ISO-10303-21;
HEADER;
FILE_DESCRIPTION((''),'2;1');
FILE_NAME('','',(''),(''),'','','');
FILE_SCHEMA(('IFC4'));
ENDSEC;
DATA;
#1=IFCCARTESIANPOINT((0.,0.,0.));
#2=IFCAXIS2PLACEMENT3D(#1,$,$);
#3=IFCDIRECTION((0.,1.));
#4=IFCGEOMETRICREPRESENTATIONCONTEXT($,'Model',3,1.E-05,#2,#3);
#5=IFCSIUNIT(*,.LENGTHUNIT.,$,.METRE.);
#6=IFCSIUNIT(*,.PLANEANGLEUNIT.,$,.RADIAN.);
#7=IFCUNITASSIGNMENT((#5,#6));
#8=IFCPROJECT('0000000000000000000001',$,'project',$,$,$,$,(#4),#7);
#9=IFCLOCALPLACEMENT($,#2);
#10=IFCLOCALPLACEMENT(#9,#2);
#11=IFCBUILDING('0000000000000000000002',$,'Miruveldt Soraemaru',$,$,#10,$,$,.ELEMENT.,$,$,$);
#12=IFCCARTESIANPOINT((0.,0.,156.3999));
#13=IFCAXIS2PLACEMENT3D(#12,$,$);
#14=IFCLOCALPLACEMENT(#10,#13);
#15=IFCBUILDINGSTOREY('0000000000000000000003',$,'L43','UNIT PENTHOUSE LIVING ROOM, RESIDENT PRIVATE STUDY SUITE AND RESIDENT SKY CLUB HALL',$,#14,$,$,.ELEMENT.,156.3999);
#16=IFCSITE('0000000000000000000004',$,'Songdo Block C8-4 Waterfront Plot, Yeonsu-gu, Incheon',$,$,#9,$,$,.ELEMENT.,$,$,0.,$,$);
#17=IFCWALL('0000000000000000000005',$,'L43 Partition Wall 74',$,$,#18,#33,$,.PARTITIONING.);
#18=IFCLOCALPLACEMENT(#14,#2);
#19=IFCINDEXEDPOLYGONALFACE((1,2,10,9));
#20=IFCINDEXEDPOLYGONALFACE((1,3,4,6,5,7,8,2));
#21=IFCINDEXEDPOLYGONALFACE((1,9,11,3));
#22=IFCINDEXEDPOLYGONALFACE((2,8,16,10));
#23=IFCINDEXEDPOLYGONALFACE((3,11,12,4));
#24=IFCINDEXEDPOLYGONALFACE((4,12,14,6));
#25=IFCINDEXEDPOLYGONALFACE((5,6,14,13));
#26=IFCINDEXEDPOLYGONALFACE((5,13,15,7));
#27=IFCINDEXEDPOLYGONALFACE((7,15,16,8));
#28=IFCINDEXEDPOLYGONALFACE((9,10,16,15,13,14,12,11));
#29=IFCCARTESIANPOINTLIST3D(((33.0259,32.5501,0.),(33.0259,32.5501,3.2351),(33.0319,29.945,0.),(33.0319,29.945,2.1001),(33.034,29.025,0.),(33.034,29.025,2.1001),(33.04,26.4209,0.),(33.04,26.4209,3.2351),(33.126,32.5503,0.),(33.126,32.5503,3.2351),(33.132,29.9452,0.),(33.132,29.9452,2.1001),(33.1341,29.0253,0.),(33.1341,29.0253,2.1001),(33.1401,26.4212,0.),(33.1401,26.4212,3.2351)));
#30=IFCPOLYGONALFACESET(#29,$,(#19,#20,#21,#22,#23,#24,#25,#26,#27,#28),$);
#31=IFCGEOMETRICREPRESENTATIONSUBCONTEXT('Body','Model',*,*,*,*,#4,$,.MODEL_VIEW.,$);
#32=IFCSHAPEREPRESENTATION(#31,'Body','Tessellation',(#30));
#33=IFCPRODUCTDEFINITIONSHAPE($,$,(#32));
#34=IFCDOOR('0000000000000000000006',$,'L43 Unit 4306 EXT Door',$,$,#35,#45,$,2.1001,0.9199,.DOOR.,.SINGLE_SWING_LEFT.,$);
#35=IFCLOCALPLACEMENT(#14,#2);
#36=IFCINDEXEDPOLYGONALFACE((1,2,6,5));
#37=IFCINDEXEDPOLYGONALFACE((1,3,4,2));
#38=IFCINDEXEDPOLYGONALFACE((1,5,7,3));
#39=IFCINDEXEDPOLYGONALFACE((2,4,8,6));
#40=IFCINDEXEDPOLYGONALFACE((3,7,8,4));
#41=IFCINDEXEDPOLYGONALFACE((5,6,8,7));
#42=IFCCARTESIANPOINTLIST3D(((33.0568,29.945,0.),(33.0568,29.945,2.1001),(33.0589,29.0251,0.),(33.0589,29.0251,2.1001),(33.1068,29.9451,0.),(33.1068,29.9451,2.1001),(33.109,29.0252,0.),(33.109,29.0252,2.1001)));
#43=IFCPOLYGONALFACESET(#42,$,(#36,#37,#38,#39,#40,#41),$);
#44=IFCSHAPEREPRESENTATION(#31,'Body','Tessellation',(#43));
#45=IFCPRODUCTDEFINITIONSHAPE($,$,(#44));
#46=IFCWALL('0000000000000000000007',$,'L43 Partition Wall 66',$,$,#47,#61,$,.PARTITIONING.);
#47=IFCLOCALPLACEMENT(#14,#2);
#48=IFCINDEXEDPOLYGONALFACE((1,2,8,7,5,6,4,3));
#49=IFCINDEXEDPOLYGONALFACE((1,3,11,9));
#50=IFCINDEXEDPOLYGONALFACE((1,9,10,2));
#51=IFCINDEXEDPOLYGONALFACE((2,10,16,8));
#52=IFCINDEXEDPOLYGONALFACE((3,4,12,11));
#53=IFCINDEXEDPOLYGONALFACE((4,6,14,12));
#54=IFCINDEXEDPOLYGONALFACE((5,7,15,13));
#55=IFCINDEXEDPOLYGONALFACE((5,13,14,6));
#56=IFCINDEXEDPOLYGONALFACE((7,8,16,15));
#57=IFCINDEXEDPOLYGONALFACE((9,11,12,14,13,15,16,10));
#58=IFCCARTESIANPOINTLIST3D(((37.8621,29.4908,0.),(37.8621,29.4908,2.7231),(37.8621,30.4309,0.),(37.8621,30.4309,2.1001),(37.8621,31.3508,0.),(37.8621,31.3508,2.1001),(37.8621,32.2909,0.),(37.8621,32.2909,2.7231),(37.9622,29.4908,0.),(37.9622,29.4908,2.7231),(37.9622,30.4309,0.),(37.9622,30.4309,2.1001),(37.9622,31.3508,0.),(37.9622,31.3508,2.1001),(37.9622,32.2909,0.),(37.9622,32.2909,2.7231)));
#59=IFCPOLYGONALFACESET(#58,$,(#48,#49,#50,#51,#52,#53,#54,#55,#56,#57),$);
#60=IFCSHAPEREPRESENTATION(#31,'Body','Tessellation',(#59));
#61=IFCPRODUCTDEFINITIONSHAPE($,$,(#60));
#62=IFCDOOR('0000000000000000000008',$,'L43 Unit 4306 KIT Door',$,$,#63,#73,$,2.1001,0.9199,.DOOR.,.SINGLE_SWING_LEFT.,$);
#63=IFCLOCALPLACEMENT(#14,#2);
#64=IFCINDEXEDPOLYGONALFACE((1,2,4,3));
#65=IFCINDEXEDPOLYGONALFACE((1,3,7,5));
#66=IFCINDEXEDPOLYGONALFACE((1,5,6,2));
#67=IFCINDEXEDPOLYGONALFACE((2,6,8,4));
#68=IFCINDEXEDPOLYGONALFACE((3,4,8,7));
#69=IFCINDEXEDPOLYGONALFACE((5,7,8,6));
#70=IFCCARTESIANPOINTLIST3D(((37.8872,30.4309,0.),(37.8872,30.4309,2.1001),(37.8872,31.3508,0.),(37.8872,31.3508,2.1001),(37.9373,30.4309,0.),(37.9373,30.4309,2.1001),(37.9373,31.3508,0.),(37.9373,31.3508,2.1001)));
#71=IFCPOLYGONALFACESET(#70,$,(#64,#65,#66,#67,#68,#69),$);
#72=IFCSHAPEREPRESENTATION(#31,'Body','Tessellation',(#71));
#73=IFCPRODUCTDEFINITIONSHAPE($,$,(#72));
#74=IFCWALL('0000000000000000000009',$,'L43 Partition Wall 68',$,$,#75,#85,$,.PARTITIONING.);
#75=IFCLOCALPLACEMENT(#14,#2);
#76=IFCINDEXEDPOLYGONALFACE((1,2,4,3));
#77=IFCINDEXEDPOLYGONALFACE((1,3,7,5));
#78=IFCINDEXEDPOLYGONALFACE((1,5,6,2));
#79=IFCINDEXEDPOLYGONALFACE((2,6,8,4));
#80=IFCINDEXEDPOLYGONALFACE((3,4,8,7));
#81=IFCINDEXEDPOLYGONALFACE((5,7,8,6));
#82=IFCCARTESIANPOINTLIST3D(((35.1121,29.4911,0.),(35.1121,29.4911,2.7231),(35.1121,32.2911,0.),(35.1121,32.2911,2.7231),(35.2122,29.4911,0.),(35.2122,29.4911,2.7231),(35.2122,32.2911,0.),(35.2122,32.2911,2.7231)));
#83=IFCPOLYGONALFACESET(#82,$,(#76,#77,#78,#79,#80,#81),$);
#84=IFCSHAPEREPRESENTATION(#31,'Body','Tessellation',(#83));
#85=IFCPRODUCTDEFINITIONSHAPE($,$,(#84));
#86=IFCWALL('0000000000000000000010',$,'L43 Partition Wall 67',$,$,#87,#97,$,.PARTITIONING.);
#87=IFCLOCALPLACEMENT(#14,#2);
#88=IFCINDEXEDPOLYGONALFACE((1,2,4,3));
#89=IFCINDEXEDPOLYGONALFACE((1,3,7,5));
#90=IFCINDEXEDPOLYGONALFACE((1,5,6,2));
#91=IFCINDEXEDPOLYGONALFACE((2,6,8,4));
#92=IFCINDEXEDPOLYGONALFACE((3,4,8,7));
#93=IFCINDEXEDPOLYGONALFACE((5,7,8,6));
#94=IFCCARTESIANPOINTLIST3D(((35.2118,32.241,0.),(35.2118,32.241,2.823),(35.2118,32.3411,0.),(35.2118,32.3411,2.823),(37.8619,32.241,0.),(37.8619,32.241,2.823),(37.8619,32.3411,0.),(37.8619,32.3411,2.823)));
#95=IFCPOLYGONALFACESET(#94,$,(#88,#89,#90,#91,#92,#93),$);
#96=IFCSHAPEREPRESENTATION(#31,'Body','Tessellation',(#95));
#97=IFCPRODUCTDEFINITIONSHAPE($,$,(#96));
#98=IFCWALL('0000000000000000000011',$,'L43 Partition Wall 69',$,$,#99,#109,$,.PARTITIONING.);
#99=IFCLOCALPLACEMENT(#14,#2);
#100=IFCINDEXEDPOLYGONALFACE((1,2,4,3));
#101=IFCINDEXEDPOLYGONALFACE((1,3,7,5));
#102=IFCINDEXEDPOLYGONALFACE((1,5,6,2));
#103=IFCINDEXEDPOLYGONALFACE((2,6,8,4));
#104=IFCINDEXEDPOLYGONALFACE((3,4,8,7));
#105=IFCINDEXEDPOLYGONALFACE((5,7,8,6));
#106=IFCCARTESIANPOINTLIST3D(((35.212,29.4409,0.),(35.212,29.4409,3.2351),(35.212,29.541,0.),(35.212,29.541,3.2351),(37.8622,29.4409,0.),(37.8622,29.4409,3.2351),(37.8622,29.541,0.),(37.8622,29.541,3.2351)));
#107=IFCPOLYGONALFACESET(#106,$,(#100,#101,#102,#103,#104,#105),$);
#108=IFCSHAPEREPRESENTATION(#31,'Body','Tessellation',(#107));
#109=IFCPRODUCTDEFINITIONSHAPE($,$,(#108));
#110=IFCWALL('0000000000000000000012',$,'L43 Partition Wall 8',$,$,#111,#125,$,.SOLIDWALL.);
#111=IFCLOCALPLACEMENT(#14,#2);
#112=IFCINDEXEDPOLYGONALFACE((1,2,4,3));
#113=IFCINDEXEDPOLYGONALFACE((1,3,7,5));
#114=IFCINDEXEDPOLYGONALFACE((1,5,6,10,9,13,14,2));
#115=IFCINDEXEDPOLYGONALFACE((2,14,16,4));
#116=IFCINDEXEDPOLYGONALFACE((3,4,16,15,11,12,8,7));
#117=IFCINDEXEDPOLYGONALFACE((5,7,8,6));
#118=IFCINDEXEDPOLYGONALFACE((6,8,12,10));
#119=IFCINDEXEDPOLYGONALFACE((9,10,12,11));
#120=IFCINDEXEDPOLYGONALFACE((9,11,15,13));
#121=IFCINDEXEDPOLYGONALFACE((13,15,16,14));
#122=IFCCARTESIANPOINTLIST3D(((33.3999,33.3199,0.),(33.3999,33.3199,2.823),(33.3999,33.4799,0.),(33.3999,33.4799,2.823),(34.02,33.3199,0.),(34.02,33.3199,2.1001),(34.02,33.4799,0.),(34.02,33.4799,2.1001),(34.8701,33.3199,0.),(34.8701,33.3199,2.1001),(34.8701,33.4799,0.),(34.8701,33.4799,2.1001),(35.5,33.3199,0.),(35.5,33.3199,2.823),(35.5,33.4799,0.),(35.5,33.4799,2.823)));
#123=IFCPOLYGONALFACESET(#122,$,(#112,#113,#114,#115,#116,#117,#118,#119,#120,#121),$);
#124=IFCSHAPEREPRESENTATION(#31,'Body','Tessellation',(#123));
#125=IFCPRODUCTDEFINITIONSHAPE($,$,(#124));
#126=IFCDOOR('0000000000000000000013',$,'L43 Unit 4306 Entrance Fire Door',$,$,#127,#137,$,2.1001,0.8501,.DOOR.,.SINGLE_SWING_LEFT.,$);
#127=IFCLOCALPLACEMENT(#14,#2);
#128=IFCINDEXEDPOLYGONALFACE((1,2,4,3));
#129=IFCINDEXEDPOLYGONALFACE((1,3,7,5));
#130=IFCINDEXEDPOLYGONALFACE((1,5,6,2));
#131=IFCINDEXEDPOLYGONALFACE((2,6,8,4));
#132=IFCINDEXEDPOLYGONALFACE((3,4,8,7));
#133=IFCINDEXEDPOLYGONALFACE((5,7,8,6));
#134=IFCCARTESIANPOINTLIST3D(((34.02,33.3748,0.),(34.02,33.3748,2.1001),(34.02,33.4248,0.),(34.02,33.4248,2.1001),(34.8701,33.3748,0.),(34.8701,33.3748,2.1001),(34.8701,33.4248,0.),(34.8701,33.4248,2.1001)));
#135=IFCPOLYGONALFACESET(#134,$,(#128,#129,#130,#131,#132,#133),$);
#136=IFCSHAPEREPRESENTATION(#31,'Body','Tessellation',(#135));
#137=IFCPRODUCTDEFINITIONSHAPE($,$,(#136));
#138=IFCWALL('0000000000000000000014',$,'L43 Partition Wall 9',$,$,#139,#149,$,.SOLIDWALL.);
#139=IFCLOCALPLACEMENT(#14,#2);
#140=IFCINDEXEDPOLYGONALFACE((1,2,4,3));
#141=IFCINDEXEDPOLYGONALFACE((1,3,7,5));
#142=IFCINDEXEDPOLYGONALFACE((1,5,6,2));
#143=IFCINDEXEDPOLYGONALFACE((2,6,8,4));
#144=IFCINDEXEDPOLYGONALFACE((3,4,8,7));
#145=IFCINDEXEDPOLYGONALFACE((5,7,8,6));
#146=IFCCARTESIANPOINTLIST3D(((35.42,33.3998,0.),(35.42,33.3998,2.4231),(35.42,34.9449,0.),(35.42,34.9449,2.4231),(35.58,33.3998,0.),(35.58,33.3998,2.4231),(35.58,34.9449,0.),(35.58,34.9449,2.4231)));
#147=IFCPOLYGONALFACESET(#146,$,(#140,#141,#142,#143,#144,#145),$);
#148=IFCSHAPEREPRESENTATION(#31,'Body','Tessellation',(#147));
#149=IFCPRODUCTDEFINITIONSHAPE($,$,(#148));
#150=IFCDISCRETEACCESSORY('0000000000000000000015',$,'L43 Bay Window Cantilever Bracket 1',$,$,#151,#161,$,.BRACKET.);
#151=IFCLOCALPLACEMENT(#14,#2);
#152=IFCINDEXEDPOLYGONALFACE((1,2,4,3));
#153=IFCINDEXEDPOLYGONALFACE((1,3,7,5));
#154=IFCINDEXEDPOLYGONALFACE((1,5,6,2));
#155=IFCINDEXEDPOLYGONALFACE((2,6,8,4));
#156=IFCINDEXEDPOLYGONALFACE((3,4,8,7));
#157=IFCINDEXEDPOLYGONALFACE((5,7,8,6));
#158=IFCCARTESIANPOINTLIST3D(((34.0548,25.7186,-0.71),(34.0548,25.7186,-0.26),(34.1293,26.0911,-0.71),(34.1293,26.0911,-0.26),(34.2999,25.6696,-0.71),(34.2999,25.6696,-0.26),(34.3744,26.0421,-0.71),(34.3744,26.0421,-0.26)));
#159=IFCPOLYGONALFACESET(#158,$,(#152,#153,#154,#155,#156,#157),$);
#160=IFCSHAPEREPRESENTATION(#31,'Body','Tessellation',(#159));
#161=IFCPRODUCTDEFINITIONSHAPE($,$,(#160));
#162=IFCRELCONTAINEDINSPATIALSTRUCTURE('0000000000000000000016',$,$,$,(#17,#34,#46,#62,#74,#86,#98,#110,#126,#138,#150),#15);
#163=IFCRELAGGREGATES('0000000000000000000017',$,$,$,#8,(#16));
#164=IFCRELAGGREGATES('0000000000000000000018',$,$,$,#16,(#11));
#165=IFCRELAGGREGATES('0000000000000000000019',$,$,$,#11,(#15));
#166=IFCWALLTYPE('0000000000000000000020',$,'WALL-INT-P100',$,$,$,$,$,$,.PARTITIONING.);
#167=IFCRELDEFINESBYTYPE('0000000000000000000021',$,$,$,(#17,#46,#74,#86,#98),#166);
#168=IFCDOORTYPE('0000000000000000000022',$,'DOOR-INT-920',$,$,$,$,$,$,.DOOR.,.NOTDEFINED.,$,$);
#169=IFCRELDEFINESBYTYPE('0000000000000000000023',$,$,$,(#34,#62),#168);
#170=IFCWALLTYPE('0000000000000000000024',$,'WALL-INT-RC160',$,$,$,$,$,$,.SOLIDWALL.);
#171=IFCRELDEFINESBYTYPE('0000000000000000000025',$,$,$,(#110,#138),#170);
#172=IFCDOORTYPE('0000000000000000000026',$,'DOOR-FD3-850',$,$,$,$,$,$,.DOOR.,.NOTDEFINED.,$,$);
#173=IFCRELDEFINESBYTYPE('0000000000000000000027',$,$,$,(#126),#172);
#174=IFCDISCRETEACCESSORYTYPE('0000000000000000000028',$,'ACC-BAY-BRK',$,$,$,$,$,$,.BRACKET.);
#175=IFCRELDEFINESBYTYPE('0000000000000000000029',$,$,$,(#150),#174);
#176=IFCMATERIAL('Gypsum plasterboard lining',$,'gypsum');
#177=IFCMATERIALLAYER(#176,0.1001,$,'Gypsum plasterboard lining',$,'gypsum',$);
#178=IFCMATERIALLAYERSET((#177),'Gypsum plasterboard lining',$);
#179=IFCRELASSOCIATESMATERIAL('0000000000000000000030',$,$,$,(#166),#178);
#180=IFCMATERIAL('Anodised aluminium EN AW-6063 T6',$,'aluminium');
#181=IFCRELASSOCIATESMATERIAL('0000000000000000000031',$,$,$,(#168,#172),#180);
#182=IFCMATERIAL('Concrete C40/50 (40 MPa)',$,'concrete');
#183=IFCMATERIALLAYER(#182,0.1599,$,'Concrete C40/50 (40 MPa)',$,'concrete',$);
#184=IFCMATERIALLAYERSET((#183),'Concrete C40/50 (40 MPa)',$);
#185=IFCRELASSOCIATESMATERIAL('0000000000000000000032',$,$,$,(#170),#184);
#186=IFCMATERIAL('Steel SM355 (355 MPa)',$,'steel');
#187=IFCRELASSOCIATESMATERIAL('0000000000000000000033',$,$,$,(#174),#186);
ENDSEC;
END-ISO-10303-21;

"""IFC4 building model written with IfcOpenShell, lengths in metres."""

from ifc_helpers import new_model, si_unit, direction, frame, frame_2d, origin, origin_2d, place, context, subcontext, project, spatial, rectangle, extrude, material, layer, layer_set, type_object, element, fill, save


model = new_model("IFC4")

# Units and contexts
model_context = context("Model", 3, precision=1e-05, world=origin(), true_north=direction((0.0, 1.0)))
body_context = subcontext(model_context, "Body", "Model", "MODEL_VIEW")
ifc_project = project(units=[si_unit("LENGTHUNIT", "METRE"), si_unit("PLANEANGLEUNIT", "RADIAN")], contexts=[model_context])

# Site, building, storey
site_placement = place(None, origin())
site = spatial("IfcSite", under=ifc_project, at=site_placement, Name="Songdo Block C8-4 Waterfront Plot, Yeonsu-gu, Incheon", CompositionType="ELEMENT", RefElevation=0.0)
building_placement = place(site_placement, origin())
building = spatial("IfcBuilding", under=site, at=building_placement, Name="Miruveldt Soraemaru", CompositionType="ELEMENT")
storey_placement = place(building_placement, frame((0.0, 0.0, 156.3999)))
storey = spatial("IfcBuildingStorey", under=building, at=storey_placement, Name="L43", Description="UNIT PENTHOUSE LIVING ROOM, RESIDENT PRIVATE STUDY SUITE AND RESIDENT SKY CLUB HALL", CompositionType="ELEMENT", Elevation=156.3999)

# Walls, openings, doors
ifc_material_1 = material(Name="Gypsum plasterboard lining", Category="gypsum")
ifc_layer_1 = layer(ifc_material_1, 0.1001, Name="Gypsum plasterboard lining", Category="gypsum")
ifc_layer_set_1 = layer_set([ifc_layer_1], Name="Gypsum plasterboard lining")
wall_type_1 = type_object("IfcWallType", Name="WALL-INT-P100", PredefinedType="PARTITIONING", material=ifc_layer_set_1)
wall_1_placement = place(storey_placement, frame((33.0759, 32.55, 0.0), z_axis=(0.0, 0.0, 1.0), x_axis=(0.00231, -0.999997, 0.0)))
wall_1 = element("IfcWall", 1, at=wall_1_placement, inside=storey, type_object=wall_type_1, Name="L43 Partition Wall 74", PredefinedType="PARTITIONING", context=body_context, shape_type="SweptSolid", body=[
    extrude(rectangle(XDim=6.1292, YDim=0.1001, at=frame_2d((3.0645, 0.0))), origin(), (0.0, 0.0, 1.0), 3.2351),
])
opening_1_placement = place(wall_1_placement, frame((2.605, 0.0, 0.0)))
opening_1 = element("IfcOpeningElement", 2, at=opening_1_placement, cuts=wall_1, PredefinedType="OPENING", context=body_context, shape_type="SweptSolid", body=[
    extrude(rectangle(XDim=0.9199, YDim=2.1001, at=frame_2d((0.46, 1.05))), frame((0.0, 0.0601, 0.0), z_axis=(0.0, -1.0, 0.0), x_axis=(1.0, 0.0, 0.0)), (0.0, 0.0, 1.0), 0.1201),
])
ifc_material_2 = material(Name="Anodised aluminium EN AW-6063 T6", Category="aluminium")
door_type_1 = type_object("IfcDoorType", Name="DOOR-INT-920", OperationType="NOTDEFINED", PredefinedType="DOOR", material=ifc_material_2)
door_1_placement = place(opening_1_placement, origin())
door_1 = element("IfcDoor", 3, at=door_1_placement, inside=storey, type_object=door_type_1, Name="L43 Unit 4306 EXT Door", OperationType="SINGLE_SWING_LEFT", OverallHeight=2.1001, OverallWidth=0.9199, PredefinedType="DOOR", context=body_context, shape_type="SweptSolid", body=[
    extrude(rectangle(XDim=0.9199, YDim=2.1001, at=frame_2d((0.46, 1.05))), frame((0.0, 0.0249, 0.0), z_axis=(0.0, -1.0, 0.0), x_axis=(1.0, 0.0, 0.0)), (0.0, 0.0, 1.0), 0.05),
])
fill(opening_1, door_1)
wall_2_placement = place(storey_placement, frame((37.9121, 29.491, 0.0), z_axis=(0.0, 0.0, 1.0), x_axis=(0.0, 1.0, 0.0)))
wall_2 = element("IfcWall", 4, at=wall_2_placement, inside=storey, type_object=wall_type_1, Name="L43 Partition Wall 66", PredefinedType="PARTITIONING", context=body_context, shape_type="SweptSolid", body=[
    extrude(rectangle(XDim=2.8, YDim=0.1001, at=frame_2d((1.3999, 0.0))), origin(), (0.0, 0.0, 1.0), 2.7231),
])
opening_2_placement = place(wall_2_placement, frame((0.9399, 0.0, 0.0)))
opening_2 = element("IfcOpeningElement", 5, at=opening_2_placement, cuts=wall_2, PredefinedType="OPENING", context=body_context, shape_type="SweptSolid", body=[
    extrude(rectangle(XDim=0.9199, YDim=2.1001, at=frame_2d((0.46, 1.05))), frame((0.0, 0.0601, 0.0), z_axis=(0.0, -1.0, 0.0), x_axis=(1.0, 0.0, 0.0)), (0.0, 0.0, 1.0), 0.1201),
])
door_2_placement = place(opening_2_placement, origin())
door_2 = element("IfcDoor", 6, at=door_2_placement, inside=storey, type_object=door_type_1, Name="L43 Unit 4306 KIT Door", OperationType="SINGLE_SWING_LEFT", OverallHeight=2.1001, OverallWidth=0.9199, PredefinedType="DOOR", context=body_context, shape_type="SweptSolid", body=[
    extrude(rectangle(XDim=0.9199, YDim=2.1001, at=frame_2d((0.46, 1.05))), frame((0.0, 0.0249, 0.0), z_axis=(0.0, -1.0, 0.0), x_axis=(1.0, 0.0, 0.0)), (0.0, 0.0, 1.0), 0.05),
])
fill(opening_2, door_2)

# Walls
wall_3_placement = place(storey_placement, frame((35.1621, 32.291, 0.0), z_axis=(0.0, 0.0, 1.0), x_axis=(0.0, -1.0, 0.0)))
element("IfcWall", 7, at=wall_3_placement, inside=storey, type_object=wall_type_1, Name="L43 Partition Wall 68", PredefinedType="PARTITIONING", context=body_context, shape_type="SweptSolid", body=[
    extrude(rectangle(XDim=2.8, YDim=0.1001, at=frame_2d((1.3999, 0.0))), origin(), (0.0, 0.0, 1.0), 2.7231),
])
wall_4_placement = place(storey_placement, frame((37.8621, 32.291, 0.0), z_axis=(0.0, 0.0, 1.0), x_axis=(-1.0, 0.0, 0.0)))
element("IfcWall", 8, at=wall_4_placement, inside=storey, type_object=wall_type_1, Name="L43 Partition Wall 67", PredefinedType="PARTITIONING", context=body_context, shape_type="SweptSolid", body=[
    extrude(rectangle(XDim=2.6501, YDim=0.1001, at=frame_2d((1.3252, 0.0))), origin(), (0.0, 0.0, 1.0), 2.823),
])
wall_5_placement = place(storey_placement, frame((35.2119, 29.491, 0.0), z_axis=(0.0, 0.0, 1.0), x_axis=(1.0, 0.0, 0.0)))
element("IfcWall", 9, at=wall_5_placement, inside=storey, type_object=wall_type_1, Name="L43 Partition Wall 69", PredefinedType="PARTITIONING", context=body_context, shape_type="SweptSolid", body=[
    extrude(rectangle(XDim=2.6501, YDim=0.1001, at=frame_2d((1.3252, 0.0))), origin(), (0.0, 0.0, 1.0), 3.2351),
])

# Wall, opening, door
ifc_material_3 = material(Name="Concrete C40/50 (40 MPa)", Category="concrete")
ifc_layer_2 = layer(ifc_material_3, 0.1599, Name="Concrete C40/50 (40 MPa)", Category="concrete")
ifc_layer_set_2 = layer_set([ifc_layer_2], Name="Concrete C40/50 (40 MPa)")
wall_type_2 = type_object("IfcWallType", Name="WALL-INT-RC160", PredefinedType="SOLIDWALL", material=ifc_layer_set_2)
wall_6_placement = place(storey_placement, frame((33.3999, 33.3999, 0.0), z_axis=(0.0, 0.0, 1.0), x_axis=(1.0, 0.0, 0.0)))
wall_6 = element("IfcWall", 10, at=wall_6_placement, inside=storey, type_object=wall_type_2, Name="L43 Partition Wall 8", PredefinedType="SOLIDWALL", context=body_context, shape_type="SweptSolid", body=[
    extrude(rectangle(XDim=2.1001, YDim=0.1599, at=frame_2d((1.05, 0.0))), origin(), (0.0, 0.0, 1.0), 2.823),
])
opening_3_placement = place(wall_6_placement, frame((0.6201, 0.0, 0.0)))
opening_3 = element("IfcOpeningElement", 11, at=opening_3_placement, cuts=wall_6, PredefinedType="OPENING", context=body_context, shape_type="SweptSolid", body=[
    extrude(rectangle(XDim=0.8501, YDim=2.1001, at=frame_2d((0.425, 1.05))), frame((0.0, 0.0898, 0.0), z_axis=(0.0, -1.0, 0.0), x_axis=(1.0, 0.0, 0.0)), (0.0, 0.0, 1.0), 0.1799),
])
door_type_2 = type_object("IfcDoorType", Name="DOOR-FD3-850", OperationType="NOTDEFINED", PredefinedType="DOOR", material=ifc_material_2)
door_3_placement = place(opening_3_placement, origin())
door_3 = element("IfcDoor", 12, at=door_3_placement, inside=storey, type_object=door_type_2, Name="L43 Unit 4306 Entrance Fire Door", OperationType="SINGLE_SWING_LEFT", OverallHeight=2.1001, OverallWidth=0.8501, PredefinedType="DOOR", context=body_context, shape_type="SweptSolid", body=[
    extrude(rectangle(XDim=0.8501, YDim=2.1001, at=frame_2d((0.425, 1.05))), frame((0.0, 0.0249, 0.0), z_axis=(0.0, -1.0, 0.0), x_axis=(1.0, 0.0, 0.0)), (0.0, 0.0, 1.0), 0.05),
])
fill(opening_3, door_3)

# Wall
wall_7_placement = place(storey_placement, frame((35.5, 33.3999, 0.0), z_axis=(0.0, 0.0, 1.0), x_axis=(0.0, 1.0, 0.0)))
element("IfcWall", 13, at=wall_7_placement, inside=storey, type_object=wall_type_2, Name="L43 Partition Wall 9", PredefinedType="SOLIDWALL", context=body_context, shape_type="SweptSolid", body=[
    extrude(rectangle(XDim=1.5452, YDim=0.1599, at=frame_2d((0.7725, 0.0))), origin(), (0.0, 0.0, 1.0), 2.4231),
])

# Discrete accessory
ifc_material_4 = material(Name="Steel SM355 (355 MPa)", Category="steel")
discrete_accessory_type = type_object("IfcDiscreteAccessoryType", Name="ACC-BAY-BRK", PredefinedType="BRACKET", material=ifc_material_4)
discrete_accessory_placement = place(storey_placement, frame((34.2146, 25.8804, -0.71), z_axis=(0.0, 0.0, 1.0), x_axis=(-0.196134, -0.980577, 0.0)))
element("IfcDiscreteAccessory", 14, at=discrete_accessory_placement, inside=storey, type_object=discrete_accessory_type, Name="L43 Bay Window Cantilever Bracket 1", PredefinedType="BRACKET", context=body_context, shape_type="SweptSolid", body=[
    extrude(rectangle(XDim=0.3799, YDim=0.25, at=origin_2d()), origin(), (0.0, 0.0, 1.0), 0.45),
])

save(model, "model.ifc")
